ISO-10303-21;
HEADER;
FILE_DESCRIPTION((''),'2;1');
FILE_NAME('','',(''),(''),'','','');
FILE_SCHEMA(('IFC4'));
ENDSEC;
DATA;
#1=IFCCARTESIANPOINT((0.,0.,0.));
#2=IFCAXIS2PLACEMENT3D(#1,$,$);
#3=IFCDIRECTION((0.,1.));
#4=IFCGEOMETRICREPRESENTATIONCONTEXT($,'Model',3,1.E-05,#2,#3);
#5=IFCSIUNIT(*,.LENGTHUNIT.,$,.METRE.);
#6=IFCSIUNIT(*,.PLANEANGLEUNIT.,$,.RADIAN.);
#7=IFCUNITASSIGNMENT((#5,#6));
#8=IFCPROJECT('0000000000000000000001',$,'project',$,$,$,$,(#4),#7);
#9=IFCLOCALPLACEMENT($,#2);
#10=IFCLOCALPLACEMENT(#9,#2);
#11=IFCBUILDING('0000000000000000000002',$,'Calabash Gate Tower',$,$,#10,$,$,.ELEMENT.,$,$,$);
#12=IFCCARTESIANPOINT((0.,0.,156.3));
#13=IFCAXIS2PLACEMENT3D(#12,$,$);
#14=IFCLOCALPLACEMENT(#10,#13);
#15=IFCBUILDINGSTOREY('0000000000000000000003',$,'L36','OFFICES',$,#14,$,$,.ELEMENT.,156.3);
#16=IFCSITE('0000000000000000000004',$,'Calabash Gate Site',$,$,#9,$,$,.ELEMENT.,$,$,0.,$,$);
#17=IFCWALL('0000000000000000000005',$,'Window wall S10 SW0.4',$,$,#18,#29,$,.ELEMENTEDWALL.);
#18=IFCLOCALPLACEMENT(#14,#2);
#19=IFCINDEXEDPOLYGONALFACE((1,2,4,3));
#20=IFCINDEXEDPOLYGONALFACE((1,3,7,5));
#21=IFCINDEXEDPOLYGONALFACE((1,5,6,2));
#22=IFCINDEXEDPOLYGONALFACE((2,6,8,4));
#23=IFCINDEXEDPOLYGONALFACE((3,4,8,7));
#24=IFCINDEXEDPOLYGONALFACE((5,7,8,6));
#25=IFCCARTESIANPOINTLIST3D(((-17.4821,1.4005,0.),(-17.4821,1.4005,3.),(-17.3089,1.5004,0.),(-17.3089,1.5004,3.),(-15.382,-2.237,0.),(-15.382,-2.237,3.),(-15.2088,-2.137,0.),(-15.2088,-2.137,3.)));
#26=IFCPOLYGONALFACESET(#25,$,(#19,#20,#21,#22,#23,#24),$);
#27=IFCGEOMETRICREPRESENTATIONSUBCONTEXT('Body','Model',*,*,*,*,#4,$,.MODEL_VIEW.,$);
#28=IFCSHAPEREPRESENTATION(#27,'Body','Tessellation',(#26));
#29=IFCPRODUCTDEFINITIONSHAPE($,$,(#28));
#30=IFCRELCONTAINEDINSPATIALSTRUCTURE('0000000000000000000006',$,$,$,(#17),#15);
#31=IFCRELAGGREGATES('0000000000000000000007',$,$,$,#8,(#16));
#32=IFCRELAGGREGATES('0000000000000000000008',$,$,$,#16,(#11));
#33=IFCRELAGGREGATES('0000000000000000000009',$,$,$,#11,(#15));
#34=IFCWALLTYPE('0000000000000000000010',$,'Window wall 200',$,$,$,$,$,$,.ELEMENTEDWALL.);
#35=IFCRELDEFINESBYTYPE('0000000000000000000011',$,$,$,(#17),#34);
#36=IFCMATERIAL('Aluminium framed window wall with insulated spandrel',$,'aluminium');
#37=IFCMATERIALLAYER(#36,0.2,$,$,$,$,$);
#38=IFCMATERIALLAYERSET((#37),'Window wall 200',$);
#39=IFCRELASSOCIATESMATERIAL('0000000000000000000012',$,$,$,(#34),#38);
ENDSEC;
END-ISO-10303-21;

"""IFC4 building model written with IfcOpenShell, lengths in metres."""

from ifc_helpers import new_model, si_unit, direction, frame, frame_2d, origin, place, context, subcontext, project, spatial, rectangle, extrude, material, layer, layer_set, type_object, element, save


model = new_model("IFC4")

# Units and contexts
model_context = context("Model", 3, precision=1e-05, world=origin(), true_north=direction((0.0, 1.0)))
body_context = subcontext(model_context, "Body", "Model", "MODEL_VIEW")
ifc_project = project(units=[si_unit("LENGTHUNIT", "METRE"), si_unit("PLANEANGLEUNIT", "RADIAN")], contexts=[model_context])

# Site, building, storey
site_placement = place(None, origin())
site = spatial("IfcSite", under=ifc_project, at=site_placement, Name="Calabash Gate Site", CompositionType="ELEMENT", RefElevation=0.0)
building_placement = place(site_placement, origin())
building = spatial("IfcBuilding", under=site, at=building_placement, Name="Calabash Gate Tower", CompositionType="ELEMENT")
storey_placement = place(building_placement, frame((0.0, 0.0, 156.3)))
storey = spatial("IfcBuildingStorey", under=building, at=storey_placement, Name="L36", Description="OFFICES", CompositionType="ELEMENT", Elevation=156.3)

# Wall
ifc_material_1 = material(Name="Aluminium framed window wall with insulated spandrel", Category="aluminium")
ifc_layer_1 = layer(ifc_material_1, 0.2)
ifc_layer_set_1 = layer_set([ifc_layer_1], Name="Window wall 200")
wall_type_1 = type_object("IfcWallType", Name="Window wall 200", PredefinedType="ELEMENTEDWALL", material=ifc_layer_set_1)
wall_1_placement = place(storey_placement, frame((-17.3955, 1.4504, 0.0), z_axis=(0.0, 0.0, 1.0), x_axis=(0.500003, -0.866024, 0.0)))
element("IfcWall", 1, at=wall_1_placement, inside=storey, type_object=wall_type_1, Name="Window wall S10 SW0.4", PredefinedType="ELEMENTEDWALL", context=body_context, shape_type="SweptSolid", body=[
    extrude(rectangle(XDim=4.2002, YDim=0.2, at=frame_2d((2.1001, 0.0))), origin(), (0.0, 0.0, 1.0), 3.0),
])

save(model, "model.ifc")
